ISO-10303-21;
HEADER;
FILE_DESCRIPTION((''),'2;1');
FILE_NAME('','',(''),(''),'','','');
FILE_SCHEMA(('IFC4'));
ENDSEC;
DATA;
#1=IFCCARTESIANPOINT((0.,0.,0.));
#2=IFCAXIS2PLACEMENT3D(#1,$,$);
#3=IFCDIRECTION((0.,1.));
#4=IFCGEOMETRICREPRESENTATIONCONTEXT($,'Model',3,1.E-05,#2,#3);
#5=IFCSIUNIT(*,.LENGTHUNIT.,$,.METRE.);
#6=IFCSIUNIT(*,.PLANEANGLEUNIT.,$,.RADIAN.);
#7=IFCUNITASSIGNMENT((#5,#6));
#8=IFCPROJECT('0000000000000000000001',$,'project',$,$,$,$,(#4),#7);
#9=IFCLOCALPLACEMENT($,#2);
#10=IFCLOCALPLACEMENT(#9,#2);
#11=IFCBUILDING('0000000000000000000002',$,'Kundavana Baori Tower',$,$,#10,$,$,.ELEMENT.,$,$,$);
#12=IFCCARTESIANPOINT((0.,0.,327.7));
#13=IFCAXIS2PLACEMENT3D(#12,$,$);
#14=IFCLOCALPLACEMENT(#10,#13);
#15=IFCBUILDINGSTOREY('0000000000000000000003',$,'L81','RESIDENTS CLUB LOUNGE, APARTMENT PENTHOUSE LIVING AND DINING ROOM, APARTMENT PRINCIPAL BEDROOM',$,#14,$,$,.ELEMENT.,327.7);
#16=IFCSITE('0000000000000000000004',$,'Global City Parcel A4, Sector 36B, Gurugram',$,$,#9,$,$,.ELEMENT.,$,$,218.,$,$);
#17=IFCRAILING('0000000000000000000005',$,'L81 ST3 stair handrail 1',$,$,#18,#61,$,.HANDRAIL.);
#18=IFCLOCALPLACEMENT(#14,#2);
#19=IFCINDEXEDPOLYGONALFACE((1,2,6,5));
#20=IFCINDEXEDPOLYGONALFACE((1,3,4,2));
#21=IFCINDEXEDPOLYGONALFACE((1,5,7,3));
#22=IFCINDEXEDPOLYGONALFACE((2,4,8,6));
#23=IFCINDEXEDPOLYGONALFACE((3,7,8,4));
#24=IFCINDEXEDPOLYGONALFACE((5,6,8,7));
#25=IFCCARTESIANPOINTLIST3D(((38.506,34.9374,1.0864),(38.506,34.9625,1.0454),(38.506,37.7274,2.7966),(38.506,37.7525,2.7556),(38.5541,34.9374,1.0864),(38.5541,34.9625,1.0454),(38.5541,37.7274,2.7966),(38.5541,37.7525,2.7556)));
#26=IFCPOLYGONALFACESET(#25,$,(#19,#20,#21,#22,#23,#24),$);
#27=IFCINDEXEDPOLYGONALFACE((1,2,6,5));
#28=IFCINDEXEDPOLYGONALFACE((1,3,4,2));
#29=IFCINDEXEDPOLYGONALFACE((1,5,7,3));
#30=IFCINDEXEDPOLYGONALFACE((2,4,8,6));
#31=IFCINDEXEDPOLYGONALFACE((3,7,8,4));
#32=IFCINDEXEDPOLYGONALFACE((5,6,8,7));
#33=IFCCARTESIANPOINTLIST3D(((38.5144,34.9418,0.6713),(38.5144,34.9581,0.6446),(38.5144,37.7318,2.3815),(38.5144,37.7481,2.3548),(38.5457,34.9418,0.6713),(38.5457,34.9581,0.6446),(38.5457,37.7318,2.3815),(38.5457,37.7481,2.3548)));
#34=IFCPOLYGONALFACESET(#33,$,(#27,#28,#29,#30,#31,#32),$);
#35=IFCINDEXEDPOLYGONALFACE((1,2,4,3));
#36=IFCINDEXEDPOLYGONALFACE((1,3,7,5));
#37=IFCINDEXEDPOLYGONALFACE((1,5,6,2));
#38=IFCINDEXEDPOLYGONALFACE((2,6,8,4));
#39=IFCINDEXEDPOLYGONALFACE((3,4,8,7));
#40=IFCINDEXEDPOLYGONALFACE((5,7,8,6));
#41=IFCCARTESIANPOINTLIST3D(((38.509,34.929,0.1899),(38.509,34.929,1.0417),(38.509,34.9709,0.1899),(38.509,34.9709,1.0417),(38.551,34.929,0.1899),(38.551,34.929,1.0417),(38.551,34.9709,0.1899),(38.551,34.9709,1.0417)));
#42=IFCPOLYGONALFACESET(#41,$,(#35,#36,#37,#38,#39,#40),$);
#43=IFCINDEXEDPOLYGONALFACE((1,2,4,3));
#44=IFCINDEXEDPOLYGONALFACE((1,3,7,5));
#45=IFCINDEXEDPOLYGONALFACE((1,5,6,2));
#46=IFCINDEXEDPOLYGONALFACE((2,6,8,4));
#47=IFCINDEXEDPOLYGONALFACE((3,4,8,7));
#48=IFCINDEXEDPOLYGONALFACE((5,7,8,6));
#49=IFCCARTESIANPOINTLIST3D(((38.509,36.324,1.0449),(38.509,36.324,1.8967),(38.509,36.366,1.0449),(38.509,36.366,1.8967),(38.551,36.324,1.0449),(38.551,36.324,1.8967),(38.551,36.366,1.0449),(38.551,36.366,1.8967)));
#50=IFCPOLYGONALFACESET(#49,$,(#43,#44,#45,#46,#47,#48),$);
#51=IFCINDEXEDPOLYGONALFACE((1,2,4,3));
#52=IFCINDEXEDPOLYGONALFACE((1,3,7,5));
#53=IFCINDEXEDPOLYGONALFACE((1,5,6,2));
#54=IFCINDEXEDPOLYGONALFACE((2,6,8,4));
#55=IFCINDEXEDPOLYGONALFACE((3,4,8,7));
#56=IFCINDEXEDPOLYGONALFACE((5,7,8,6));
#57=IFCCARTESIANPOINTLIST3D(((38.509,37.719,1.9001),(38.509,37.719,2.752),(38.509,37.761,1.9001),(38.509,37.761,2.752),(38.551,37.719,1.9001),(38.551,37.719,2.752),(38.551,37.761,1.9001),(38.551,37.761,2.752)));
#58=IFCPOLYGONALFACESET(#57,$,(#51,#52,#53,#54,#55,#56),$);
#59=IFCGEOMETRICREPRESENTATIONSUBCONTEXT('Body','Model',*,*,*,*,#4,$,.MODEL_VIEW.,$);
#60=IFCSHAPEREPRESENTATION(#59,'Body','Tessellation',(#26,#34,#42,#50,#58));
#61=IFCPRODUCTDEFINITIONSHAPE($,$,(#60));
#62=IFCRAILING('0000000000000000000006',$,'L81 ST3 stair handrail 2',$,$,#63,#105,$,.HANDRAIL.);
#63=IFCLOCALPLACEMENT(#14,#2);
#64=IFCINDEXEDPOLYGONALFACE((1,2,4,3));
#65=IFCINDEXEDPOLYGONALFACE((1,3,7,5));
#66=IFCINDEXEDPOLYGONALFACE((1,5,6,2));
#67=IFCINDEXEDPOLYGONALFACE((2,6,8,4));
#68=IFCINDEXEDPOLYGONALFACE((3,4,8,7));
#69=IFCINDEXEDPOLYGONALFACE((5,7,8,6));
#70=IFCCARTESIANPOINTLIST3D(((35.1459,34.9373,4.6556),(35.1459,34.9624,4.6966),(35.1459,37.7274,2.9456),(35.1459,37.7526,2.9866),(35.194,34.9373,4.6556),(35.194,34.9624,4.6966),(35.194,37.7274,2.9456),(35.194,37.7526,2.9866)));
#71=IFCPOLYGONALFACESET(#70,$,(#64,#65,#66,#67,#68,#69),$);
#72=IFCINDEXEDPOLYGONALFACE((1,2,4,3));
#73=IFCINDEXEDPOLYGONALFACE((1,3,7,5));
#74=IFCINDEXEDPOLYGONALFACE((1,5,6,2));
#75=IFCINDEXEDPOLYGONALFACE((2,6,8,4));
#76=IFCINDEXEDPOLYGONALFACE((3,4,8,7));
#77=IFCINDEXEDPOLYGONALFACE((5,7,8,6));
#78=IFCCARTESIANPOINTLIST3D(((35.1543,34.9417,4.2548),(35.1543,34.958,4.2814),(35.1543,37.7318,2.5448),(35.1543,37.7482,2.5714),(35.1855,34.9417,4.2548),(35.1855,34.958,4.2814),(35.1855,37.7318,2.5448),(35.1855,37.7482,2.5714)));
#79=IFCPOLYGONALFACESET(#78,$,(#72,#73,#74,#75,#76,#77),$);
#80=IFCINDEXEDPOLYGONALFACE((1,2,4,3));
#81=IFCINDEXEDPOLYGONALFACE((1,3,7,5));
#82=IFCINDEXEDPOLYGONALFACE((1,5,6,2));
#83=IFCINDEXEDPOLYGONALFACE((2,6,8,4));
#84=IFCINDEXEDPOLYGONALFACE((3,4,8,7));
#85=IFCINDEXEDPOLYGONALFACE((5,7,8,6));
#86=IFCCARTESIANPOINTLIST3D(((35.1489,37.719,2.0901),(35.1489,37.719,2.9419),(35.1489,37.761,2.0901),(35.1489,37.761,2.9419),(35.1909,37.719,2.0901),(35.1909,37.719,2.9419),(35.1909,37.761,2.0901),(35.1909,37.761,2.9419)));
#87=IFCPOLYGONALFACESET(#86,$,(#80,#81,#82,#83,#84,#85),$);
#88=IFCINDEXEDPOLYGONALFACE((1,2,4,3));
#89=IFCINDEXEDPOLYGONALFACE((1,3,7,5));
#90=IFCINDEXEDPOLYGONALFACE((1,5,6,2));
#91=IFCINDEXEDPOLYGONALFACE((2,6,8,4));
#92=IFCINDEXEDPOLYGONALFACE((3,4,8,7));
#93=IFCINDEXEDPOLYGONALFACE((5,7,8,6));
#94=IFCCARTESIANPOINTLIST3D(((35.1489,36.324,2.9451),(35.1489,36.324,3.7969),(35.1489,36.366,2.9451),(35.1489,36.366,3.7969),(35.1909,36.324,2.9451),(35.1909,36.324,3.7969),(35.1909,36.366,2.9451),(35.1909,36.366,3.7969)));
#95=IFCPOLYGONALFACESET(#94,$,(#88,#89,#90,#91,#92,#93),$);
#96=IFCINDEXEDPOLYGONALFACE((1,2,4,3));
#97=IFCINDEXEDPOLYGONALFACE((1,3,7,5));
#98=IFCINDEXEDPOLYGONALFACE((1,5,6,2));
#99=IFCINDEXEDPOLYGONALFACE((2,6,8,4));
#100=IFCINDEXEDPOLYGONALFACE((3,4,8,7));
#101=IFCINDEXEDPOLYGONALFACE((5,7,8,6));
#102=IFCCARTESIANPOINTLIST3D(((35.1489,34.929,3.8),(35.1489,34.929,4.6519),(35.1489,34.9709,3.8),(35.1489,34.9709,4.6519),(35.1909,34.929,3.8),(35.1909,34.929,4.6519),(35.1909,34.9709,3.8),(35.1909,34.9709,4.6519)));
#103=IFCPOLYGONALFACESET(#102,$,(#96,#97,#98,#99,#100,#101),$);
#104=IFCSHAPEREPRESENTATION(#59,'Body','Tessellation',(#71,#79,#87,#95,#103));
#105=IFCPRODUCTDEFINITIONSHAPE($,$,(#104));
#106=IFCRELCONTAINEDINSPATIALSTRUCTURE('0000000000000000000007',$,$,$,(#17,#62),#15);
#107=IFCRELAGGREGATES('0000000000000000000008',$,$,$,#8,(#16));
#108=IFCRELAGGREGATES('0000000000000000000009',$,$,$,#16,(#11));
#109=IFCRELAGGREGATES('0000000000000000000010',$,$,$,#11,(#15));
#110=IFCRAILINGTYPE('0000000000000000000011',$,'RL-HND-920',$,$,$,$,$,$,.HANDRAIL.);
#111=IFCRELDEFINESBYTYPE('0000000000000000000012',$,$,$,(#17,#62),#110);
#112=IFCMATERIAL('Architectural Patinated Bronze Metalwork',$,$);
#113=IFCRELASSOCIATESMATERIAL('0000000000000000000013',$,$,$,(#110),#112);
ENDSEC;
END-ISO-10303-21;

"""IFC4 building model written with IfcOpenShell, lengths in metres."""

from ifc_helpers import new_model, si_unit, direction, frame, origin, origin_2d, place, context, subcontext, project, spatial, rectangle, extrude, material, type_object, element, save


model = new_model("IFC4")

# Units and contexts
model_context = context("Model", 3, precision=1e-05, world=origin(), true_north=direction((0.0, 1.0)))
body_context = subcontext(model_context, "Body", "Model", "MODEL_VIEW")
ifc_project = project(units=[si_unit("LENGTHUNIT", "METRE"), si_unit("PLANEANGLEUNIT", "RADIAN")], contexts=[model_context])

# Site, building, storey
site_placement = place(None, origin())
site = spatial("IfcSite", under=ifc_project, at=site_placement, Name="Global City Parcel A4, Sector 36B, Gurugram", CompositionType="ELEMENT", RefElevation=218.0)
building_placement = place(site_placement, origin())
building = spatial("IfcBuilding", under=site, at=building_placement, Name="Kundavana Baori Tower", CompositionType="ELEMENT")
storey_placement = place(building_placement, frame((0.0, 0.0, 327.7)))
storey = spatial("IfcBuildingStorey", under=building, at=storey_placement, Name="L81", Description="RESIDENTS CLUB LOUNGE, APARTMENT PENTHOUSE LIVING AND DINING ROOM, APARTMENT PRINCIPAL BEDROOM", CompositionType="ELEMENT", Elevation=327.7)

# Railings
ifc_material_1 = material(Name="Architectural Patinated Bronze Metalwork")
railing_type_1 = type_object("IfcRailingType", Name="RL-HND-920", PredefinedType="HANDRAIL", material=ifc_material_1)
railing_1_placement = place(storey_placement, frame((38.53, 34.95, 0.1899)))
element("IfcRailing", 1, at=railing_1_placement, inside=storey, type_object=railing_type_1, Name="L81 ST3 stair handrail 1", PredefinedType="HANDRAIL", context=body_context, shape_type="SweptSolid", body=[
    extrude(rectangle(XDim=0.0481, YDim=0.0481, at=origin_2d()), frame((0.0, 0.0, 0.876), z_axis=(0.0, 0.852577, 0.522602), x_axis=(-1.0, 0.0, 0.0)), (0.0, 0.0, 1.0), 3.2725),
    extrude(rectangle(XDim=0.0312, YDim=0.0312, at=origin_2d()), frame((0.0, 0.0, 0.468), z_axis=(0.0, 0.852577, 0.522602), x_axis=(-1.0, 0.0, 0.0)), (0.0, 0.0, 1.0), 3.2725),
    extrude(rectangle(XDim=0.042, YDim=0.042, at=origin_2d()), origin(), (0.0, 0.0, 1.0), 0.8518),
    extrude(rectangle(XDim=0.042, YDim=0.042, at=origin_2d()), frame((0.0, 1.395, 0.855)), (0.0, 0.0, 1.0), 0.8518),
    extrude(rectangle(XDim=0.042, YDim=0.042, at=origin_2d()), frame((0.0, 2.79, 1.7102)), (0.0, 0.0, 1.0), 0.8518),
])
railing_2_placement = place(storey_placement, frame((35.1699, 37.74, 2.0901)))
element("IfcRailing", 2, at=railing_2_placement, inside=storey, type_object=railing_type_1, Name="L81 ST3 stair handrail 2", PredefinedType="HANDRAIL", context=body_context, shape_type="SweptSolid", body=[
    extrude(rectangle(XDim=0.0481, YDim=0.0481, at=origin_2d()), frame((0.0, 0.0, 0.876), z_axis=(0.0, -0.85261, 0.522548), x_axis=(1.0, 0.0, 0.0)), (0.0, 0.0, 1.0), 3.2725),
    extrude(rectangle(XDim=0.0312, YDim=0.0312, at=origin_2d()), frame((0.0, 0.0, 0.468), z_axis=(0.0, -0.85261, 0.522548), x_axis=(1.0, 0.0, 0.0)), (0.0, 0.0, 1.0), 3.2725),
    extrude(rectangle(XDim=0.042, YDim=0.042, at=origin_2d()), origin(), (0.0, 0.0, 1.0), 0.8518),
    extrude(rectangle(XDim=0.042, YDim=0.042, at=origin_2d()), frame((0.0, -1.395, 0.855)), (0.0, 0.0, 1.0), 0.8518),
    extrude(rectangle(XDim=0.042, YDim=0.042, at=origin_2d()), frame((0.0, -2.79, 1.71)), (0.0, 0.0, 1.0), 0.8518),
])

save(model, "model.ifc")
